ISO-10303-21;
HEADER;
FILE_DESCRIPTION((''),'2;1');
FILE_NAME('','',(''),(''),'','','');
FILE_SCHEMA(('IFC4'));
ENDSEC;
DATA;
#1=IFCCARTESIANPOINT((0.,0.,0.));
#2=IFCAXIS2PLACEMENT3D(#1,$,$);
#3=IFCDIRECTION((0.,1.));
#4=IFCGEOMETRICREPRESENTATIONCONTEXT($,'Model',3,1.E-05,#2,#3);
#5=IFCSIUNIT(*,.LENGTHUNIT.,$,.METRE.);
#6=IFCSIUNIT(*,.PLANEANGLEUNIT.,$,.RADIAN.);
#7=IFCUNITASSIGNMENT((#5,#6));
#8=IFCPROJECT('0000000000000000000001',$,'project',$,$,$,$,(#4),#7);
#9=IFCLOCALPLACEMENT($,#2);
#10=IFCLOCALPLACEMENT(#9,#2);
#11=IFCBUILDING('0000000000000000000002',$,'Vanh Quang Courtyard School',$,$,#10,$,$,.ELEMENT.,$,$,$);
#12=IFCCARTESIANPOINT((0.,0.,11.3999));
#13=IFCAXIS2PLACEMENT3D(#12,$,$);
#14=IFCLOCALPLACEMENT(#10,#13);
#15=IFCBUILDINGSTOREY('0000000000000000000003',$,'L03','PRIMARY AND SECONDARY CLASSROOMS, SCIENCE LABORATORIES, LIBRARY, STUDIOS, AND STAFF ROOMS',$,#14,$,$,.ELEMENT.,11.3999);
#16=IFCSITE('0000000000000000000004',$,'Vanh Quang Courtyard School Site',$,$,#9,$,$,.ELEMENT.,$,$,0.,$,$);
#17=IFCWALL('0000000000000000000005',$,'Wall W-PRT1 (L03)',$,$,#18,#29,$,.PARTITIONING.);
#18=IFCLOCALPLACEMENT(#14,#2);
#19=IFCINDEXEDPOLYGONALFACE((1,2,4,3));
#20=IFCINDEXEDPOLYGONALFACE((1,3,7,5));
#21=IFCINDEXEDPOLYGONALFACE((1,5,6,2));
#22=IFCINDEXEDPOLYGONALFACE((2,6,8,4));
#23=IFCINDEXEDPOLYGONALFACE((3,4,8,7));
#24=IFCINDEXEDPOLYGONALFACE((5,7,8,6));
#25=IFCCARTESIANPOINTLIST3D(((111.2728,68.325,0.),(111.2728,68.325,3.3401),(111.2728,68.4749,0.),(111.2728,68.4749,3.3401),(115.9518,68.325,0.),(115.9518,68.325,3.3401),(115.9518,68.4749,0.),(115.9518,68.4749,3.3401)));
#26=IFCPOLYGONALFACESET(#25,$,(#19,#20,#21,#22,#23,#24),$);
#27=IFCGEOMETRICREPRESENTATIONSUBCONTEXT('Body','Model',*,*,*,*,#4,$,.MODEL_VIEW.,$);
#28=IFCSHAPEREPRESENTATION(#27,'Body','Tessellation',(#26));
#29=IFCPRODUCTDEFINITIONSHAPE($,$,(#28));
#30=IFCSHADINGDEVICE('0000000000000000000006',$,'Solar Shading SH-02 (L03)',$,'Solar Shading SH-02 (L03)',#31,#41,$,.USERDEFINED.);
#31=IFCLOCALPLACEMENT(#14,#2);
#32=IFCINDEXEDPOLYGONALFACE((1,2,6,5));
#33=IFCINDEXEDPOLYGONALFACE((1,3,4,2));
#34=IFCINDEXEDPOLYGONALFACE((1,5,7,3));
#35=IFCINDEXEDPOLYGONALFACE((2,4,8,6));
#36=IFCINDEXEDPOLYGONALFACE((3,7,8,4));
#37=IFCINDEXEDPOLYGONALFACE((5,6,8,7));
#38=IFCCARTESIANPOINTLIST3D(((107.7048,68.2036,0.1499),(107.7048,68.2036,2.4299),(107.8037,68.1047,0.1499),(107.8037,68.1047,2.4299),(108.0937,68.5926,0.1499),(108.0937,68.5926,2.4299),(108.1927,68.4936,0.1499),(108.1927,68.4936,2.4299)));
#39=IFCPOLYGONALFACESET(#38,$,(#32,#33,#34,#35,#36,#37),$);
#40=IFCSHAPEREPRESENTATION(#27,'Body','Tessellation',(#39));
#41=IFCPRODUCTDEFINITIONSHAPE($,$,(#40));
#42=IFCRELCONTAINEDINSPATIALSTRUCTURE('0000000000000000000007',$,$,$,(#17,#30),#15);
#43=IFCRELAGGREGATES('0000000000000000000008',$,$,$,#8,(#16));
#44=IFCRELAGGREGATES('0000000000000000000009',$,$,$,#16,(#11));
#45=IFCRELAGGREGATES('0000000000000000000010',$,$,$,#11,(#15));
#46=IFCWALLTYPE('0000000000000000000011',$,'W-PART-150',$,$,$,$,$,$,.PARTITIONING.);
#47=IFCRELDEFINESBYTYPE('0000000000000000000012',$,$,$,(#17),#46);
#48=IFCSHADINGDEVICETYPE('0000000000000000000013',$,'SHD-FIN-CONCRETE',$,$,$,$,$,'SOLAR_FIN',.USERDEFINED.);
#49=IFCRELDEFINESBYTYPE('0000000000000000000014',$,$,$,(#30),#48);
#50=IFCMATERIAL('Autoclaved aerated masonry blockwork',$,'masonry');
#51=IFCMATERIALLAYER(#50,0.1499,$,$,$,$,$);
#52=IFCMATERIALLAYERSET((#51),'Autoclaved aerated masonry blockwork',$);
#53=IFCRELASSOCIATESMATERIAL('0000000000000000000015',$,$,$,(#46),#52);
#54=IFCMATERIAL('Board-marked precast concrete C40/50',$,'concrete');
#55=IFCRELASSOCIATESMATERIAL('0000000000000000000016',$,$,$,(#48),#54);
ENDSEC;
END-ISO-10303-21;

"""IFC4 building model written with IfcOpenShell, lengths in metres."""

from ifc_helpers import new_model, si_unit, direction, frame, frame_2d, origin, origin_2d, place, context, subcontext, project, spatial, rectangle, extrude, material, layer, layer_set, type_object, element, save


model = new_model("IFC4")

# Units and contexts
model_context = context("Model", 3, precision=1e-05, world=origin(), true_north=direction((0.0, 1.0)))
body_context = subcontext(model_context, "Body", "Model", "MODEL_VIEW")
ifc_project = project(units=[si_unit("LENGTHUNIT", "METRE"), si_unit("PLANEANGLEUNIT", "RADIAN")], contexts=[model_context])

# Site, building, storey
site_placement = place(None, origin())
site = spatial("IfcSite", under=ifc_project, at=site_placement, Name="Vanh Quang Courtyard School Site", CompositionType="ELEMENT", RefElevation=0.0)
building_placement = place(site_placement, origin())
building = spatial("IfcBuilding", under=site, at=building_placement, Name="Vanh Quang Courtyard School", CompositionType="ELEMENT")
storey_placement = place(building_placement, frame((0.0, 0.0, 11.3999)))
storey = spatial("IfcBuildingStorey", under=building, at=storey_placement, Name="L03", Description="PRIMARY AND SECONDARY CLASSROOMS, SCIENCE LABORATORIES, LIBRARY, STUDIOS, AND STAFF ROOMS", CompositionType="ELEMENT", Elevation=11.3999)

# Wall
ifc_material_1 = material(Name="Autoclaved aerated masonry blockwork", Category="masonry")
ifc_layer_1 = layer(ifc_material_1, 0.1499)
ifc_layer_set_1 = layer_set([ifc_layer_1], Name="Autoclaved aerated masonry blockwork")
wall_type_1 = type_object("IfcWallType", Name="W-PART-150", PredefinedType="PARTITIONING", material=ifc_layer_set_1)
wall_1_placement = place(storey_placement, frame((111.2729, 68.3999, 0.0), z_axis=(0.0, 0.0, 1.0), x_axis=(1.0, 0.0, 0.0)))
element("IfcWall", 1, at=wall_1_placement, inside=storey, type_object=wall_type_1, Name="Wall W-PRT1 (L03)", PredefinedType="PARTITIONING", context=body_context, shape_type="SweptSolid", body=[
    extrude(rectangle(XDim=4.679, YDim=0.1499, at=frame_2d((2.3394, 0.0))), origin(), (0.0, 0.0, 1.0), 3.3401),
])

# Shading device
ifc_material_2 = material(Name="Board-marked precast concrete C40/50", Category="concrete")
shading_device_type = type_object("IfcShadingDeviceType", Name="SHD-FIN-CONCRETE", ElementType="SOLAR_FIN", PredefinedType="USERDEFINED", material=ifc_material_2)
shading_device_placement = place(storey_placement, frame((107.9487, 68.3486, 0.1499), z_axis=(0.0, 0.0, 1.0), x_axis=(-0.707107, 0.707107, 0.0)))
element("IfcShadingDevice", 2, at=shading_device_placement, inside=storey, type_object=shading_device_type, Name="Solar Shading SH-02 (L03)", ObjectType="Solar Shading SH-02 (L03)", PredefinedType="USERDEFINED", context=body_context, shape_type="SweptSolid", body=[
    extrude(rectangle(XDim=0.1399, YDim=0.55, at=origin_2d()), origin(), (0.0, 0.0, 1.0), 2.28),
])

save(model, "model.ifc")
